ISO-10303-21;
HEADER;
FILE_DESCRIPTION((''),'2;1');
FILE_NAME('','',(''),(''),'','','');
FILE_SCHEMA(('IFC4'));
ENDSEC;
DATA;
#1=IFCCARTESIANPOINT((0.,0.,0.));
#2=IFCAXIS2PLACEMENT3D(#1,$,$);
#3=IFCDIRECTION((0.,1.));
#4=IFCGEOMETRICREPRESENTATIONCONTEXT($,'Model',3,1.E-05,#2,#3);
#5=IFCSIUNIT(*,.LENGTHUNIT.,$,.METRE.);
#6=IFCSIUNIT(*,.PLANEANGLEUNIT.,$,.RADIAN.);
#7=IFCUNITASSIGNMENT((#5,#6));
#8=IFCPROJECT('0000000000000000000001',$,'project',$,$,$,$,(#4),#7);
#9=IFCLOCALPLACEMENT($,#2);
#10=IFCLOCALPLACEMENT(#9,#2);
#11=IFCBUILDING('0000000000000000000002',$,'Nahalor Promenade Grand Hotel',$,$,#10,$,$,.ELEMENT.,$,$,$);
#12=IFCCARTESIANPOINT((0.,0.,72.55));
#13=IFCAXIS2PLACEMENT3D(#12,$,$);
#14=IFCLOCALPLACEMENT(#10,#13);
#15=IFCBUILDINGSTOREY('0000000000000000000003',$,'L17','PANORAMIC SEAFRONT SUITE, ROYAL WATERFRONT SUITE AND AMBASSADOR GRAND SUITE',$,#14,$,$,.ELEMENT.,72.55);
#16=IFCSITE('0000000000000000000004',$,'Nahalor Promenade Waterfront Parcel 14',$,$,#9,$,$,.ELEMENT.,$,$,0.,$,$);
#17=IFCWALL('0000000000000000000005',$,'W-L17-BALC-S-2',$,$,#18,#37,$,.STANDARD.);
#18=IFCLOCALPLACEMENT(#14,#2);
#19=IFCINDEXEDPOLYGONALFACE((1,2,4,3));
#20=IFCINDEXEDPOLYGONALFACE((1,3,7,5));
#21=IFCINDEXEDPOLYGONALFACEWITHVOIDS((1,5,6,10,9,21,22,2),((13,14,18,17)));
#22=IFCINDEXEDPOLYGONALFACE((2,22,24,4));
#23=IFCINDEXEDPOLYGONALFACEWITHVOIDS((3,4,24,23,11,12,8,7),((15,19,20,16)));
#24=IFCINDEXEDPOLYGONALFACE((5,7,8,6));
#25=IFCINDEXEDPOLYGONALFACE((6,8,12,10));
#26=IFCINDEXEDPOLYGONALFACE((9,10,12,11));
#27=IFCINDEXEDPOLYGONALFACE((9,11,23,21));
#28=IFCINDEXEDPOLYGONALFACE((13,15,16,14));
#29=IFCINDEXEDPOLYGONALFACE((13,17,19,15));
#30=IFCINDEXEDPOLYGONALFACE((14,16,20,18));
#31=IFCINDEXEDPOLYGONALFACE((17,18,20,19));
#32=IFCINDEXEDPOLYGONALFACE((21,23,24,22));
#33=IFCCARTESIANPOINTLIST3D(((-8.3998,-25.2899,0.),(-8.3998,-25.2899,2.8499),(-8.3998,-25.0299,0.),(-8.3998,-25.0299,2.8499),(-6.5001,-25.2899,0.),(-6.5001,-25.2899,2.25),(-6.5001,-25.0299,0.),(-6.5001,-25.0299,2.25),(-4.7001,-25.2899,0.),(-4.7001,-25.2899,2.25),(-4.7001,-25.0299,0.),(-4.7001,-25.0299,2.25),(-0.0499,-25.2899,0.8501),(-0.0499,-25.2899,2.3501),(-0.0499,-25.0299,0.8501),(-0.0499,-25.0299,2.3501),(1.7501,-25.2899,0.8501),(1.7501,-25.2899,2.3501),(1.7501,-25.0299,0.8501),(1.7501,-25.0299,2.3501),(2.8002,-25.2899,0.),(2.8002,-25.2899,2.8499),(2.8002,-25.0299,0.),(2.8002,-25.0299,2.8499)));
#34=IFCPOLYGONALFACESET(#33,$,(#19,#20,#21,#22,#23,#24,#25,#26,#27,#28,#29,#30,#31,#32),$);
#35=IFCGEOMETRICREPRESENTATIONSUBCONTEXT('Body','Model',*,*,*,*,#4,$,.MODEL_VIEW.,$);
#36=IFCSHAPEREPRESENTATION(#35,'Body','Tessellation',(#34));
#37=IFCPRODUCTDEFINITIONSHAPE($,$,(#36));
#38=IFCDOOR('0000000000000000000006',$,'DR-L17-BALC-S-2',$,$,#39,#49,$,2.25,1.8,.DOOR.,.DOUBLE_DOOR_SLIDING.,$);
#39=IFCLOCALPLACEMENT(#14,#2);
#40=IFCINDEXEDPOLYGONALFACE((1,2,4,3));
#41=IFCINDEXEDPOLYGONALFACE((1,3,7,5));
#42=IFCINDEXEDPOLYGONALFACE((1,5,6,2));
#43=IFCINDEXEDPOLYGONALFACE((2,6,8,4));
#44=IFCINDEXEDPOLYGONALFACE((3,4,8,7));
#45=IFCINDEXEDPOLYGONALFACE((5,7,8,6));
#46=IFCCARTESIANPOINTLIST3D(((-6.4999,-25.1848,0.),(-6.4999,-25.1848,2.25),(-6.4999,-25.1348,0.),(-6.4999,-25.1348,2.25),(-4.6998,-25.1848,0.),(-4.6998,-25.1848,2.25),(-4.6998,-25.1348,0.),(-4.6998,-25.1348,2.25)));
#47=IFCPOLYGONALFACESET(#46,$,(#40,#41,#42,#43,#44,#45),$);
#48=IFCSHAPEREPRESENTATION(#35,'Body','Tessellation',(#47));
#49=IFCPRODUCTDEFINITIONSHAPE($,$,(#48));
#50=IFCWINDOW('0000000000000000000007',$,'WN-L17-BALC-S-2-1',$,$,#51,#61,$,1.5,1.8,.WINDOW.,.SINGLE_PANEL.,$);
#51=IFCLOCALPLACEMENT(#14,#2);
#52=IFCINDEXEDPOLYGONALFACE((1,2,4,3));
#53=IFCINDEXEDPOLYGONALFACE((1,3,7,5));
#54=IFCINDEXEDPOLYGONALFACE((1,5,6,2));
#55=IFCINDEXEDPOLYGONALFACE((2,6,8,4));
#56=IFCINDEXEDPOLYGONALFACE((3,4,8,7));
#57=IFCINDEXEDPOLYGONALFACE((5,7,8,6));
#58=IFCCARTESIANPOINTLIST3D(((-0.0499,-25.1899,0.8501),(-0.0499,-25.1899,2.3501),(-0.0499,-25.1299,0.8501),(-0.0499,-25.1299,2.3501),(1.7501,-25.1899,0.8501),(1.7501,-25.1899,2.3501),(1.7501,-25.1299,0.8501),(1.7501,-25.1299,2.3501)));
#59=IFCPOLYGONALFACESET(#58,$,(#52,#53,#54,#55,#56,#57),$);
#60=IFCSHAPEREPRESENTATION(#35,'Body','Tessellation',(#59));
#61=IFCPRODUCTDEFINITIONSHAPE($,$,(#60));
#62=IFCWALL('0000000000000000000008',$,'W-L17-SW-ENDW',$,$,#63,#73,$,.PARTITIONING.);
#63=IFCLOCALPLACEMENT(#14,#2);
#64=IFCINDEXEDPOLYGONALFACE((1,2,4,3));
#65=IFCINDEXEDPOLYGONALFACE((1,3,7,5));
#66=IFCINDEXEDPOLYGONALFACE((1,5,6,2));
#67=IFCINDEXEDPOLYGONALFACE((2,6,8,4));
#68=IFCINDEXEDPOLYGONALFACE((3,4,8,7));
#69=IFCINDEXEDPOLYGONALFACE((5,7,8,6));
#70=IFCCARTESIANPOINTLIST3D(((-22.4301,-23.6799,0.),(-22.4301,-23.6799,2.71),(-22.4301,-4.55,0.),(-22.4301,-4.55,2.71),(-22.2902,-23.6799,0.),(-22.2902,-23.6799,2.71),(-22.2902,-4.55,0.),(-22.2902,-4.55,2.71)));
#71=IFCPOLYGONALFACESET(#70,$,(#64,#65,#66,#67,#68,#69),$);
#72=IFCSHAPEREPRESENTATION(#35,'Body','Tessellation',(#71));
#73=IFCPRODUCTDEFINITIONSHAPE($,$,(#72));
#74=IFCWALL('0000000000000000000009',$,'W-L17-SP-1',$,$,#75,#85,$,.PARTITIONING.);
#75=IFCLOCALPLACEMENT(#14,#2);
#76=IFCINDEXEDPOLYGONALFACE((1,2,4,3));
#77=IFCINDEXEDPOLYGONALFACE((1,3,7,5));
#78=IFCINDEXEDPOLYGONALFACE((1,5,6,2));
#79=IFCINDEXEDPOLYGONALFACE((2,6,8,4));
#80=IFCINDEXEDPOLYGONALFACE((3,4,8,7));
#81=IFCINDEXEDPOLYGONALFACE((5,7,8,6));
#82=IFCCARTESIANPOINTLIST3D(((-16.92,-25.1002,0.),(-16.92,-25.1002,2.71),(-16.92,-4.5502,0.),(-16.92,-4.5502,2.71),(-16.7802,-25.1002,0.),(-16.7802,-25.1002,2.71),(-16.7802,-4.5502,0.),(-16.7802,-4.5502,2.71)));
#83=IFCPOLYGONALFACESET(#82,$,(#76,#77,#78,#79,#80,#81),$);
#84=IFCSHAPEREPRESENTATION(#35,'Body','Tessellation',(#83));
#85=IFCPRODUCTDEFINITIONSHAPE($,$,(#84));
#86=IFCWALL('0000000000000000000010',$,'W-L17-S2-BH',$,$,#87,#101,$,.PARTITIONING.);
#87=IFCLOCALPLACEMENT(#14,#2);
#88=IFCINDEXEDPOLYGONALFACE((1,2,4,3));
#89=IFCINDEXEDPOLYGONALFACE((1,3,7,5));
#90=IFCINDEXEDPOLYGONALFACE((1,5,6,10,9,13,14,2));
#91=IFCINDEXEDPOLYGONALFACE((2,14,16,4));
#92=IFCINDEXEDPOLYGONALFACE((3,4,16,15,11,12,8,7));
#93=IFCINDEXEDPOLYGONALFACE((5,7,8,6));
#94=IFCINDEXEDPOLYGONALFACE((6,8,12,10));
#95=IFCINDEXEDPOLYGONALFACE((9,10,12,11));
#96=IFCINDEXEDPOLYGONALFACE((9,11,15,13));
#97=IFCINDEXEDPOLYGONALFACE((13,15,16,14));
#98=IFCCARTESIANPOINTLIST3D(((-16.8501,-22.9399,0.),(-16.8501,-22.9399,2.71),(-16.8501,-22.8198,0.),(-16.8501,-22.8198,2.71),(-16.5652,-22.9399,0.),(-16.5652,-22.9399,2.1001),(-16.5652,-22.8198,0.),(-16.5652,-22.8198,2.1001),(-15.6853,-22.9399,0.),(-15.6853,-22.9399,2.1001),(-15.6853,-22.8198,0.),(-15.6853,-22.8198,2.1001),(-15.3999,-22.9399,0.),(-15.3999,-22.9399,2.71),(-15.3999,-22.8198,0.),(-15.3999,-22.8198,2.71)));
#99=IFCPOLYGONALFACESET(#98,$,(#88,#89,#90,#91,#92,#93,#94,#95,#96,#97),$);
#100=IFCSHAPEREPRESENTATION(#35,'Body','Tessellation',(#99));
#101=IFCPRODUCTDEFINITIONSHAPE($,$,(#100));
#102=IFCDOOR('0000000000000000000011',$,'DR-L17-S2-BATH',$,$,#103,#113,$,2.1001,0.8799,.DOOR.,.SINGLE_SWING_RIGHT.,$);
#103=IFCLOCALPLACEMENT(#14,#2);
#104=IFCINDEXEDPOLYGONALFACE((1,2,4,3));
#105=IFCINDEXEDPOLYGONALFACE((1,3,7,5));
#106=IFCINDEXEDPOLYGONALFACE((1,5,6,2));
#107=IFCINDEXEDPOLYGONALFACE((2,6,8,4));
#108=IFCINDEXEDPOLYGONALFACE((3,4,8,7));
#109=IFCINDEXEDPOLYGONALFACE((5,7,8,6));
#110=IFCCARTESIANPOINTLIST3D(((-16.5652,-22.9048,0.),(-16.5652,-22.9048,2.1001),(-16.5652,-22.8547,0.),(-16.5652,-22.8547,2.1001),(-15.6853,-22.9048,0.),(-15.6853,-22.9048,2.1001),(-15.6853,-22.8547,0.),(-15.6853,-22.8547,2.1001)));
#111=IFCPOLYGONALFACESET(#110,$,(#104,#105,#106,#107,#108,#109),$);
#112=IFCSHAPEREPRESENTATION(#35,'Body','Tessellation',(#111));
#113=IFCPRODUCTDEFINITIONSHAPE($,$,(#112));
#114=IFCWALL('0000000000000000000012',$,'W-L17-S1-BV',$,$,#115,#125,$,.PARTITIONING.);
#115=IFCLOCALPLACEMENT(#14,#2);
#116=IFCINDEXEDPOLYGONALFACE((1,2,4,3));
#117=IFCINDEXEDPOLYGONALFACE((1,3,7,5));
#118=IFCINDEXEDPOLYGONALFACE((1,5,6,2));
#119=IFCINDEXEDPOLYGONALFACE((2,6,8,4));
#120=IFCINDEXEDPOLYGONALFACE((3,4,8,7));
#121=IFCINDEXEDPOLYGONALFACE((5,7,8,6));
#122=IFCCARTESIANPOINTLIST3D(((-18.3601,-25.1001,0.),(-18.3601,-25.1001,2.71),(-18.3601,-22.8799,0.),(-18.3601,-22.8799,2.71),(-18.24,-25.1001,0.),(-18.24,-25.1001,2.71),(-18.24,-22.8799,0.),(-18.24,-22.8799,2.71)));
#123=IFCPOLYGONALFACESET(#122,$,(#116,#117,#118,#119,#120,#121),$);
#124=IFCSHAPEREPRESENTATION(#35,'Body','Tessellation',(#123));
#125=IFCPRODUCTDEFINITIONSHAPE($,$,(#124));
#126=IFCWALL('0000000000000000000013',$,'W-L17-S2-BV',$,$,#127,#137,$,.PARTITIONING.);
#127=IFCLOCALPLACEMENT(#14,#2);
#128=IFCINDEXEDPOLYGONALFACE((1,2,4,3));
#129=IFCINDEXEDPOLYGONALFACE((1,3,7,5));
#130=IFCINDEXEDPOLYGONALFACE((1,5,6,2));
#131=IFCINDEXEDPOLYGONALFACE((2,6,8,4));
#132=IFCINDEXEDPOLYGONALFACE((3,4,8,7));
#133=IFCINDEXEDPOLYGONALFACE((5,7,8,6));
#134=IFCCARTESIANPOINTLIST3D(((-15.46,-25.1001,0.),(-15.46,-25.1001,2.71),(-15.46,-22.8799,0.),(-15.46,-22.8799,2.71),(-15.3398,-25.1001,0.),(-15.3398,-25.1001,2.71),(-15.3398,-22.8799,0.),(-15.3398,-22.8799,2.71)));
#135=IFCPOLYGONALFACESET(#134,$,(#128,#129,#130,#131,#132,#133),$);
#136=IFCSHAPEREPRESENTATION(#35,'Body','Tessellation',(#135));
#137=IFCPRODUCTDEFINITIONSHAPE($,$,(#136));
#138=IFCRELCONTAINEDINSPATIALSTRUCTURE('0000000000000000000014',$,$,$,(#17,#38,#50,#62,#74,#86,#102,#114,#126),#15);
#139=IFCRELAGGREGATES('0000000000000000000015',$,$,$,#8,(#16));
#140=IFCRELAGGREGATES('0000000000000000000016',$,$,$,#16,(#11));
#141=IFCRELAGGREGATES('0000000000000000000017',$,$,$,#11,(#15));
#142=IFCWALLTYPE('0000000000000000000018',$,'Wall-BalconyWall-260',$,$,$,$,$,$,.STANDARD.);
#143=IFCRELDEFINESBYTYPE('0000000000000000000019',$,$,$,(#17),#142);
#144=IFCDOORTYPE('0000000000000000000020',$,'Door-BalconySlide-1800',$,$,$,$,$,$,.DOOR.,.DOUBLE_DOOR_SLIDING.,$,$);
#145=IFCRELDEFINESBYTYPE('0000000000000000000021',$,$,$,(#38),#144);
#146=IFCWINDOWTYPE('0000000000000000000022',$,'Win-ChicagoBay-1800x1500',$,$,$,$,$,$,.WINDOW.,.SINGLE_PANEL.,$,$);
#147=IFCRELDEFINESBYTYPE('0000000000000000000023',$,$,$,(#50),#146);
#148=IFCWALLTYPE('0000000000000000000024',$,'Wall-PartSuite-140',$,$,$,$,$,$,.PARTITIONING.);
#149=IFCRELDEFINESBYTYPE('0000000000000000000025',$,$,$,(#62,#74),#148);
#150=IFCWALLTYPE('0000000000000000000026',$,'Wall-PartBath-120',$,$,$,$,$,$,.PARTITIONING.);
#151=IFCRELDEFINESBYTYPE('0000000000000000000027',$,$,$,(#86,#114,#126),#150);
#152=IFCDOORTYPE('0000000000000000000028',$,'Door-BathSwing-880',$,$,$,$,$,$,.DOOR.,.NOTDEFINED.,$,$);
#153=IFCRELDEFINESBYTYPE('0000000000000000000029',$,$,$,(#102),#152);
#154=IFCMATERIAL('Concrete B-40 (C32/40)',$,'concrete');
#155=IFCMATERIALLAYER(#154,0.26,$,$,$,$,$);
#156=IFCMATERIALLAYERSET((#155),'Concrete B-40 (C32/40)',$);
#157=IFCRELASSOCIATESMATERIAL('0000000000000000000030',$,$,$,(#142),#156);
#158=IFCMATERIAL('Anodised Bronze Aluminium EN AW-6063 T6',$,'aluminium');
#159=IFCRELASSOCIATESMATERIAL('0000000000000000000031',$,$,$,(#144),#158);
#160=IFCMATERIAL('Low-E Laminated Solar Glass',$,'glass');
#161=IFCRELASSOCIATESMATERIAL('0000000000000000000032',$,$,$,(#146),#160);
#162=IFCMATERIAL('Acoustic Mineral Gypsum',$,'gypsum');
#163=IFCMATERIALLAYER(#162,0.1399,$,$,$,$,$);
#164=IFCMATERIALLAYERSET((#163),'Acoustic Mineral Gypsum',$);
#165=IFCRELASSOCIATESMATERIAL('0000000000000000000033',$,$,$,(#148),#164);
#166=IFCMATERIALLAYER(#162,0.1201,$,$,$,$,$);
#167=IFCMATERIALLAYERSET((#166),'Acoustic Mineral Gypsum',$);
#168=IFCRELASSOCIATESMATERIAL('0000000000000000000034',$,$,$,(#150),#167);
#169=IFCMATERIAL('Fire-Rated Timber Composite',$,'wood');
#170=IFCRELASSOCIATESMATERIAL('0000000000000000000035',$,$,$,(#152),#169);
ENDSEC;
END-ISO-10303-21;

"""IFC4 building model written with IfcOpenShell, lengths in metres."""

from ifc_helpers import new_model, si_unit, direction, frame, frame_2d, origin, place, context, subcontext, project, spatial, rectangle, extrude, source, transform, mapped, material, layer, layer_set, type_object, element, fill, save


model = new_model("IFC4")

# Units and contexts
model_context = context("Model", 3, precision=1e-05, world=origin(), true_north=direction((0.0, 1.0)))
body_context = subcontext(model_context, "Body", "Model", "MODEL_VIEW")
ifc_project = project(units=[si_unit("LENGTHUNIT", "METRE"), si_unit("PLANEANGLEUNIT", "RADIAN")], contexts=[model_context])

# Site, building, storey
site_placement = place(None, origin())
site = spatial("IfcSite", under=ifc_project, at=site_placement, Name="Nahalor Promenade Waterfront Parcel 14", CompositionType="ELEMENT", RefElevation=0.0)
building_placement = place(site_placement, origin())
building = spatial("IfcBuilding", under=site, at=building_placement, Name="Nahalor Promenade Grand Hotel", CompositionType="ELEMENT")
storey_placement = place(building_placement, frame((0.0, 0.0, 72.55)))
storey = spatial("IfcBuildingStorey", under=building, at=storey_placement, Name="L17", Description="PANORAMIC SEAFRONT SUITE, ROYAL WATERFRONT SUITE AND AMBASSADOR GRAND SUITE", CompositionType="ELEMENT", Elevation=72.55)

# Shared definitions
ifc_material_1 = material(Name="Anodised Bronze Aluminium EN AW-6063 T6", Category="aluminium")
ifc_material_2 = material(Name="Low-E Laminated Solar Glass", Category="glass")

# Shared definitions
ifc_material_3 = material(Name="Concrete B-40 (C32/40)", Category="concrete")

# Wall, openings, door, window
ifc_layer_1 = layer(ifc_material_3, 0.26)
ifc_layer_set_1 = layer_set([ifc_layer_1], Name="Concrete B-40 (C32/40)")
wall_type_1 = type_object("IfcWallType", Name="Wall-BalconyWall-260", PredefinedType="STANDARD", material=ifc_layer_set_1)
shared_shape_1 = source(origin(), body_context, "Body", "SweptSolid", [
    extrude(rectangle(XDim=11.2, YDim=0.26, at=frame_2d((5.6001, 0.0))), origin(), (0.0, 0.0, 1.0), 2.8499),
])
wall_1_placement = place(storey_placement, frame((-8.3999, -25.1599, 0.0), z_axis=(0.0, 0.0, 1.0), x_axis=(1.0, 0.0, 0.0)))
wall_1 = element("IfcWall", 1, at=wall_1_placement, inside=storey, type_object=wall_type_1, Name="W-L17-BALC-S-2", PredefinedType="STANDARD", context=body_context, shape_type="MappedRepresentation", body=[
    mapped(shared_shape_1, transform((0.0, 0.0, 0.0), scale=1.0)),
])
opening_1_placement = place(wall_1_placement, frame((1.8999, 0.0, 0.0)))
opening_1 = element("IfcOpeningElement", 2, at=opening_1_placement, cuts=wall_1, PredefinedType="OPENING", context=body_context, shape_type="SweptSolid", body=[
    extrude(rectangle(XDim=1.8, YDim=2.25, at=frame_2d((0.8999, 1.125))), frame((0.0, 0.1399, 0.0), z_axis=(0.0, -1.0, 0.0), x_axis=(1.0, 0.0, 0.0)), (0.0, 0.0, 1.0), 0.28),
])
opening_2_placement = place(wall_1_placement, frame((8.3501, 0.0, 0.8501)))
opening_2 = element("IfcOpeningElement", 3, at=opening_2_placement, cuts=wall_1, PredefinedType="OPENING", context=body_context, shape_type="SweptSolid", body=[
    extrude(rectangle(XDim=1.8, YDim=1.5, at=frame_2d((0.8999, 0.75))), frame((0.0, 0.1399, 0.0), z_axis=(0.0, -1.0, 0.0), x_axis=(1.0, 0.0, 0.0)), (0.0, 0.0, 1.0), 0.28),
])
door_type_1 = type_object("IfcDoorType", Name="Door-BalconySlide-1800", OperationType="DOUBLE_DOOR_SLIDING", PredefinedType="DOOR", material=ifc_material_1)
shared_shape_2 = source(origin(), body_context, "Body", "SweptSolid", [
    extrude(rectangle(XDim=1.8, YDim=2.25, at=frame_2d((0.8999, 1.125))), frame((0.0, 0.0249, 0.0), z_axis=(0.0, -1.0, 0.0), x_axis=(1.0, 0.0, 0.0)), (0.0, 0.0, 1.0), 0.05),
])
door_1_placement = place(opening_1_placement, frame((1.8, 0.0, 0.0), z_axis=(0.0, 0.0, 1.0), x_axis=(-1.0, 0.0, 0.0)))
door_1 = element("IfcDoor", 4, at=door_1_placement, inside=storey, type_object=door_type_1, Name="DR-L17-BALC-S-2", OperationType="DOUBLE_DOOR_SLIDING", OverallHeight=2.25, OverallWidth=1.8, PredefinedType="DOOR", context=body_context, shape_type="MappedRepresentation", body=[
    mapped(shared_shape_2, transform((0.0, 0.0, 0.0), scale=1.0)),
])
fill(opening_1, door_1)
window_type = type_object("IfcWindowType", Name="Win-ChicagoBay-1800x1500", PartitioningType="SINGLE_PANEL", PredefinedType="WINDOW", material=ifc_material_2)
shared_shape_3 = source(origin(), body_context, "Body", "SweptSolid", [
    extrude(rectangle(XDim=1.8, YDim=1.5, at=frame_2d((0.8999, 0.75))), frame((0.0, 0.03, 0.0), z_axis=(0.0, -1.0, 0.0), x_axis=(1.0, 0.0, 0.0)), (0.0, 0.0, 1.0), 0.0601),
])
window_placement = place(opening_2_placement, origin())
window = element("IfcWindow", 5, at=window_placement, inside=storey, type_object=window_type, Name="WN-L17-BALC-S-2-1", OverallHeight=1.5, OverallWidth=1.8, PartitioningType="SINGLE_PANEL", PredefinedType="WINDOW", context=body_context, shape_type="MappedRepresentation", body=[
    mapped(shared_shape_3, transform((0.0, 0.0, 0.0), scale=1.0)),
])
fill(opening_2, window)

# Walls
ifc_material_4 = material(Name="Acoustic Mineral Gypsum", Category="gypsum")
ifc_layer_2 = layer(ifc_material_4, 0.1399)
ifc_layer_set_2 = layer_set([ifc_layer_2], Name="Acoustic Mineral Gypsum")
wall_type_2 = type_object("IfcWallType", Name="Wall-PartSuite-140", PredefinedType="PARTITIONING", material=ifc_layer_set_2)
shared_shape_4 = source(origin(), body_context, "Body", "SweptSolid", [
    extrude(rectangle(XDim=19.1299, YDim=0.1399, at=frame_2d((9.5649, 0.0))), origin(), (0.0, 0.0, 1.0), 2.71),
])
wall_2_placement = place(storey_placement, frame((-22.3601, -23.6799, 0.0), z_axis=(0.0, 0.0, 1.0), x_axis=(0.0, 1.0, 0.0)))
element("IfcWall", 6, at=wall_2_placement, inside=storey, type_object=wall_type_2, Name="W-L17-SW-ENDW", PredefinedType="PARTITIONING", context=body_context, shape_type="MappedRepresentation", body=[
    mapped(shared_shape_4, transform((0.0, 0.0, 0.0), scale=1.0)),
])
shared_shape_5 = source(origin(), body_context, "Body", "SweptSolid", [
    extrude(rectangle(XDim=20.55, YDim=0.1399, at=frame_2d((10.2749, 0.0))), origin(), (0.0, 0.0, 1.0), 2.71),
])
wall_3_placement = place(storey_placement, frame((-16.8501, -25.1001, 0.0), z_axis=(0.0, 0.0, 1.0), x_axis=(0.0, 1.0, 0.0)))
element("IfcWall", 7, at=wall_3_placement, inside=storey, type_object=wall_type_2, Name="W-L17-SP-1", PredefinedType="PARTITIONING", context=body_context, shape_type="MappedRepresentation", body=[
    mapped(shared_shape_5, transform((0.0, 0.0, 0.0), scale=1.0)),
])

# Wall, opening, door
ifc_layer_3 = layer(ifc_material_4, 0.1201)
ifc_layer_set_3 = layer_set([ifc_layer_3], Name="Acoustic Mineral Gypsum")
wall_type_3 = type_object("IfcWallType", Name="Wall-PartBath-120", PredefinedType="PARTITIONING", material=ifc_layer_set_3)
shared_shape_6 = source(origin(), body_context, "Body", "SweptSolid", [
    extrude(rectangle(XDim=1.4502, YDim=0.1201, at=frame_2d((0.7251, 0.0))), origin(), (0.0, 0.0, 1.0), 2.71),
])
wall_4_placement = place(storey_placement, frame((-16.8501, -22.8799, 0.0), z_axis=(0.0, 0.0, 1.0), x_axis=(1.0, 0.0, 0.0)))
wall_4 = element("IfcWall", 8, at=wall_4_placement, inside=storey, type_object=wall_type_3, Name="W-L17-S2-BH", PredefinedType="PARTITIONING", context=body_context, shape_type="MappedRepresentation", body=[
    mapped(shared_shape_6, transform((0.0, 0.0, 0.0), scale=1.0)),
])
opening_3_placement = place(wall_4_placement, frame((0.2849, 0.0, 0.0)))
opening_3 = element("IfcOpeningElement", 9, at=opening_3_placement, cuts=wall_4, PredefinedType="OPENING", context=body_context, shape_type="SweptSolid", body=[
    extrude(rectangle(XDim=0.8799, YDim=2.1001, at=frame_2d((0.4399, 1.05))), frame((0.0, 0.0701, 0.0), z_axis=(0.0, -1.0, 0.0), x_axis=(1.0, 0.0, 0.0)), (0.0, 0.0, 1.0), 0.1401),
])
ifc_material_5 = material(Name="Fire-Rated Timber Composite", Category="wood")
door_type_2 = type_object("IfcDoorType", Name="Door-BathSwing-880", OperationType="NOTDEFINED", PredefinedType="DOOR", material=ifc_material_5)
shared_shape_7 = source(origin(), body_context, "Body", "SweptSolid", [
    extrude(rectangle(XDim=0.8799, YDim=2.1001, at=frame_2d((0.4399, 1.05))), frame((0.0, 0.0249, 0.0), z_axis=(0.0, -1.0, 0.0), x_axis=(1.0, 0.0, 0.0)), (0.0, 0.0, 1.0), 0.05),
])
door_2_placement = place(opening_3_placement, frame((0.8799, 0.0, 0.0), z_axis=(0.0, 0.0, 1.0), x_axis=(-1.0, 0.0, 0.0)))
door_2 = element("IfcDoor", 10, at=door_2_placement, inside=storey, type_object=door_type_2, Name="DR-L17-S2-BATH", OperationType="SINGLE_SWING_RIGHT", OverallHeight=2.1001, OverallWidth=0.8799, PredefinedType="DOOR", context=body_context, shape_type="MappedRepresentation", body=[
    mapped(shared_shape_7, transform((0.0, 0.0, 0.0), scale=1.0)),
])
fill(opening_3, door_2)

# Walls
shared_shape_8 = source(origin(), body_context, "Body", "SweptSolid", [
    extrude(rectangle(XDim=2.2202, YDim=0.1201, at=frame_2d((1.1101, 0.0))), origin(), (0.0, 0.0, 1.0), 2.71),
])
for number, where, z_axis, x_axis, name in (
    (11, (-18.3, -25.1001, 0.0), (0.0, 0.0, 1.0), (0.0, 1.0, 0.0), "W-L17-S1-BV"),
    (12, (-15.3999, -25.1001, 0.0), (0.0, 0.0, 1.0), (0.0, 1.0, 0.0), "W-L17-S2-BV"),
):
    element("IfcWall", number, at=place(storey_placement, frame(where, z_axis=z_axis, x_axis=x_axis)), inside=storey, type_object=wall_type_3, Name=name, PredefinedType="PARTITIONING", context=body_context, shape_type="MappedRepresentation", body=[
        mapped(shared_shape_8, transform((0.0, 0.0, 0.0), scale=1.0)),
    ])

save(model, "model.ifc")
